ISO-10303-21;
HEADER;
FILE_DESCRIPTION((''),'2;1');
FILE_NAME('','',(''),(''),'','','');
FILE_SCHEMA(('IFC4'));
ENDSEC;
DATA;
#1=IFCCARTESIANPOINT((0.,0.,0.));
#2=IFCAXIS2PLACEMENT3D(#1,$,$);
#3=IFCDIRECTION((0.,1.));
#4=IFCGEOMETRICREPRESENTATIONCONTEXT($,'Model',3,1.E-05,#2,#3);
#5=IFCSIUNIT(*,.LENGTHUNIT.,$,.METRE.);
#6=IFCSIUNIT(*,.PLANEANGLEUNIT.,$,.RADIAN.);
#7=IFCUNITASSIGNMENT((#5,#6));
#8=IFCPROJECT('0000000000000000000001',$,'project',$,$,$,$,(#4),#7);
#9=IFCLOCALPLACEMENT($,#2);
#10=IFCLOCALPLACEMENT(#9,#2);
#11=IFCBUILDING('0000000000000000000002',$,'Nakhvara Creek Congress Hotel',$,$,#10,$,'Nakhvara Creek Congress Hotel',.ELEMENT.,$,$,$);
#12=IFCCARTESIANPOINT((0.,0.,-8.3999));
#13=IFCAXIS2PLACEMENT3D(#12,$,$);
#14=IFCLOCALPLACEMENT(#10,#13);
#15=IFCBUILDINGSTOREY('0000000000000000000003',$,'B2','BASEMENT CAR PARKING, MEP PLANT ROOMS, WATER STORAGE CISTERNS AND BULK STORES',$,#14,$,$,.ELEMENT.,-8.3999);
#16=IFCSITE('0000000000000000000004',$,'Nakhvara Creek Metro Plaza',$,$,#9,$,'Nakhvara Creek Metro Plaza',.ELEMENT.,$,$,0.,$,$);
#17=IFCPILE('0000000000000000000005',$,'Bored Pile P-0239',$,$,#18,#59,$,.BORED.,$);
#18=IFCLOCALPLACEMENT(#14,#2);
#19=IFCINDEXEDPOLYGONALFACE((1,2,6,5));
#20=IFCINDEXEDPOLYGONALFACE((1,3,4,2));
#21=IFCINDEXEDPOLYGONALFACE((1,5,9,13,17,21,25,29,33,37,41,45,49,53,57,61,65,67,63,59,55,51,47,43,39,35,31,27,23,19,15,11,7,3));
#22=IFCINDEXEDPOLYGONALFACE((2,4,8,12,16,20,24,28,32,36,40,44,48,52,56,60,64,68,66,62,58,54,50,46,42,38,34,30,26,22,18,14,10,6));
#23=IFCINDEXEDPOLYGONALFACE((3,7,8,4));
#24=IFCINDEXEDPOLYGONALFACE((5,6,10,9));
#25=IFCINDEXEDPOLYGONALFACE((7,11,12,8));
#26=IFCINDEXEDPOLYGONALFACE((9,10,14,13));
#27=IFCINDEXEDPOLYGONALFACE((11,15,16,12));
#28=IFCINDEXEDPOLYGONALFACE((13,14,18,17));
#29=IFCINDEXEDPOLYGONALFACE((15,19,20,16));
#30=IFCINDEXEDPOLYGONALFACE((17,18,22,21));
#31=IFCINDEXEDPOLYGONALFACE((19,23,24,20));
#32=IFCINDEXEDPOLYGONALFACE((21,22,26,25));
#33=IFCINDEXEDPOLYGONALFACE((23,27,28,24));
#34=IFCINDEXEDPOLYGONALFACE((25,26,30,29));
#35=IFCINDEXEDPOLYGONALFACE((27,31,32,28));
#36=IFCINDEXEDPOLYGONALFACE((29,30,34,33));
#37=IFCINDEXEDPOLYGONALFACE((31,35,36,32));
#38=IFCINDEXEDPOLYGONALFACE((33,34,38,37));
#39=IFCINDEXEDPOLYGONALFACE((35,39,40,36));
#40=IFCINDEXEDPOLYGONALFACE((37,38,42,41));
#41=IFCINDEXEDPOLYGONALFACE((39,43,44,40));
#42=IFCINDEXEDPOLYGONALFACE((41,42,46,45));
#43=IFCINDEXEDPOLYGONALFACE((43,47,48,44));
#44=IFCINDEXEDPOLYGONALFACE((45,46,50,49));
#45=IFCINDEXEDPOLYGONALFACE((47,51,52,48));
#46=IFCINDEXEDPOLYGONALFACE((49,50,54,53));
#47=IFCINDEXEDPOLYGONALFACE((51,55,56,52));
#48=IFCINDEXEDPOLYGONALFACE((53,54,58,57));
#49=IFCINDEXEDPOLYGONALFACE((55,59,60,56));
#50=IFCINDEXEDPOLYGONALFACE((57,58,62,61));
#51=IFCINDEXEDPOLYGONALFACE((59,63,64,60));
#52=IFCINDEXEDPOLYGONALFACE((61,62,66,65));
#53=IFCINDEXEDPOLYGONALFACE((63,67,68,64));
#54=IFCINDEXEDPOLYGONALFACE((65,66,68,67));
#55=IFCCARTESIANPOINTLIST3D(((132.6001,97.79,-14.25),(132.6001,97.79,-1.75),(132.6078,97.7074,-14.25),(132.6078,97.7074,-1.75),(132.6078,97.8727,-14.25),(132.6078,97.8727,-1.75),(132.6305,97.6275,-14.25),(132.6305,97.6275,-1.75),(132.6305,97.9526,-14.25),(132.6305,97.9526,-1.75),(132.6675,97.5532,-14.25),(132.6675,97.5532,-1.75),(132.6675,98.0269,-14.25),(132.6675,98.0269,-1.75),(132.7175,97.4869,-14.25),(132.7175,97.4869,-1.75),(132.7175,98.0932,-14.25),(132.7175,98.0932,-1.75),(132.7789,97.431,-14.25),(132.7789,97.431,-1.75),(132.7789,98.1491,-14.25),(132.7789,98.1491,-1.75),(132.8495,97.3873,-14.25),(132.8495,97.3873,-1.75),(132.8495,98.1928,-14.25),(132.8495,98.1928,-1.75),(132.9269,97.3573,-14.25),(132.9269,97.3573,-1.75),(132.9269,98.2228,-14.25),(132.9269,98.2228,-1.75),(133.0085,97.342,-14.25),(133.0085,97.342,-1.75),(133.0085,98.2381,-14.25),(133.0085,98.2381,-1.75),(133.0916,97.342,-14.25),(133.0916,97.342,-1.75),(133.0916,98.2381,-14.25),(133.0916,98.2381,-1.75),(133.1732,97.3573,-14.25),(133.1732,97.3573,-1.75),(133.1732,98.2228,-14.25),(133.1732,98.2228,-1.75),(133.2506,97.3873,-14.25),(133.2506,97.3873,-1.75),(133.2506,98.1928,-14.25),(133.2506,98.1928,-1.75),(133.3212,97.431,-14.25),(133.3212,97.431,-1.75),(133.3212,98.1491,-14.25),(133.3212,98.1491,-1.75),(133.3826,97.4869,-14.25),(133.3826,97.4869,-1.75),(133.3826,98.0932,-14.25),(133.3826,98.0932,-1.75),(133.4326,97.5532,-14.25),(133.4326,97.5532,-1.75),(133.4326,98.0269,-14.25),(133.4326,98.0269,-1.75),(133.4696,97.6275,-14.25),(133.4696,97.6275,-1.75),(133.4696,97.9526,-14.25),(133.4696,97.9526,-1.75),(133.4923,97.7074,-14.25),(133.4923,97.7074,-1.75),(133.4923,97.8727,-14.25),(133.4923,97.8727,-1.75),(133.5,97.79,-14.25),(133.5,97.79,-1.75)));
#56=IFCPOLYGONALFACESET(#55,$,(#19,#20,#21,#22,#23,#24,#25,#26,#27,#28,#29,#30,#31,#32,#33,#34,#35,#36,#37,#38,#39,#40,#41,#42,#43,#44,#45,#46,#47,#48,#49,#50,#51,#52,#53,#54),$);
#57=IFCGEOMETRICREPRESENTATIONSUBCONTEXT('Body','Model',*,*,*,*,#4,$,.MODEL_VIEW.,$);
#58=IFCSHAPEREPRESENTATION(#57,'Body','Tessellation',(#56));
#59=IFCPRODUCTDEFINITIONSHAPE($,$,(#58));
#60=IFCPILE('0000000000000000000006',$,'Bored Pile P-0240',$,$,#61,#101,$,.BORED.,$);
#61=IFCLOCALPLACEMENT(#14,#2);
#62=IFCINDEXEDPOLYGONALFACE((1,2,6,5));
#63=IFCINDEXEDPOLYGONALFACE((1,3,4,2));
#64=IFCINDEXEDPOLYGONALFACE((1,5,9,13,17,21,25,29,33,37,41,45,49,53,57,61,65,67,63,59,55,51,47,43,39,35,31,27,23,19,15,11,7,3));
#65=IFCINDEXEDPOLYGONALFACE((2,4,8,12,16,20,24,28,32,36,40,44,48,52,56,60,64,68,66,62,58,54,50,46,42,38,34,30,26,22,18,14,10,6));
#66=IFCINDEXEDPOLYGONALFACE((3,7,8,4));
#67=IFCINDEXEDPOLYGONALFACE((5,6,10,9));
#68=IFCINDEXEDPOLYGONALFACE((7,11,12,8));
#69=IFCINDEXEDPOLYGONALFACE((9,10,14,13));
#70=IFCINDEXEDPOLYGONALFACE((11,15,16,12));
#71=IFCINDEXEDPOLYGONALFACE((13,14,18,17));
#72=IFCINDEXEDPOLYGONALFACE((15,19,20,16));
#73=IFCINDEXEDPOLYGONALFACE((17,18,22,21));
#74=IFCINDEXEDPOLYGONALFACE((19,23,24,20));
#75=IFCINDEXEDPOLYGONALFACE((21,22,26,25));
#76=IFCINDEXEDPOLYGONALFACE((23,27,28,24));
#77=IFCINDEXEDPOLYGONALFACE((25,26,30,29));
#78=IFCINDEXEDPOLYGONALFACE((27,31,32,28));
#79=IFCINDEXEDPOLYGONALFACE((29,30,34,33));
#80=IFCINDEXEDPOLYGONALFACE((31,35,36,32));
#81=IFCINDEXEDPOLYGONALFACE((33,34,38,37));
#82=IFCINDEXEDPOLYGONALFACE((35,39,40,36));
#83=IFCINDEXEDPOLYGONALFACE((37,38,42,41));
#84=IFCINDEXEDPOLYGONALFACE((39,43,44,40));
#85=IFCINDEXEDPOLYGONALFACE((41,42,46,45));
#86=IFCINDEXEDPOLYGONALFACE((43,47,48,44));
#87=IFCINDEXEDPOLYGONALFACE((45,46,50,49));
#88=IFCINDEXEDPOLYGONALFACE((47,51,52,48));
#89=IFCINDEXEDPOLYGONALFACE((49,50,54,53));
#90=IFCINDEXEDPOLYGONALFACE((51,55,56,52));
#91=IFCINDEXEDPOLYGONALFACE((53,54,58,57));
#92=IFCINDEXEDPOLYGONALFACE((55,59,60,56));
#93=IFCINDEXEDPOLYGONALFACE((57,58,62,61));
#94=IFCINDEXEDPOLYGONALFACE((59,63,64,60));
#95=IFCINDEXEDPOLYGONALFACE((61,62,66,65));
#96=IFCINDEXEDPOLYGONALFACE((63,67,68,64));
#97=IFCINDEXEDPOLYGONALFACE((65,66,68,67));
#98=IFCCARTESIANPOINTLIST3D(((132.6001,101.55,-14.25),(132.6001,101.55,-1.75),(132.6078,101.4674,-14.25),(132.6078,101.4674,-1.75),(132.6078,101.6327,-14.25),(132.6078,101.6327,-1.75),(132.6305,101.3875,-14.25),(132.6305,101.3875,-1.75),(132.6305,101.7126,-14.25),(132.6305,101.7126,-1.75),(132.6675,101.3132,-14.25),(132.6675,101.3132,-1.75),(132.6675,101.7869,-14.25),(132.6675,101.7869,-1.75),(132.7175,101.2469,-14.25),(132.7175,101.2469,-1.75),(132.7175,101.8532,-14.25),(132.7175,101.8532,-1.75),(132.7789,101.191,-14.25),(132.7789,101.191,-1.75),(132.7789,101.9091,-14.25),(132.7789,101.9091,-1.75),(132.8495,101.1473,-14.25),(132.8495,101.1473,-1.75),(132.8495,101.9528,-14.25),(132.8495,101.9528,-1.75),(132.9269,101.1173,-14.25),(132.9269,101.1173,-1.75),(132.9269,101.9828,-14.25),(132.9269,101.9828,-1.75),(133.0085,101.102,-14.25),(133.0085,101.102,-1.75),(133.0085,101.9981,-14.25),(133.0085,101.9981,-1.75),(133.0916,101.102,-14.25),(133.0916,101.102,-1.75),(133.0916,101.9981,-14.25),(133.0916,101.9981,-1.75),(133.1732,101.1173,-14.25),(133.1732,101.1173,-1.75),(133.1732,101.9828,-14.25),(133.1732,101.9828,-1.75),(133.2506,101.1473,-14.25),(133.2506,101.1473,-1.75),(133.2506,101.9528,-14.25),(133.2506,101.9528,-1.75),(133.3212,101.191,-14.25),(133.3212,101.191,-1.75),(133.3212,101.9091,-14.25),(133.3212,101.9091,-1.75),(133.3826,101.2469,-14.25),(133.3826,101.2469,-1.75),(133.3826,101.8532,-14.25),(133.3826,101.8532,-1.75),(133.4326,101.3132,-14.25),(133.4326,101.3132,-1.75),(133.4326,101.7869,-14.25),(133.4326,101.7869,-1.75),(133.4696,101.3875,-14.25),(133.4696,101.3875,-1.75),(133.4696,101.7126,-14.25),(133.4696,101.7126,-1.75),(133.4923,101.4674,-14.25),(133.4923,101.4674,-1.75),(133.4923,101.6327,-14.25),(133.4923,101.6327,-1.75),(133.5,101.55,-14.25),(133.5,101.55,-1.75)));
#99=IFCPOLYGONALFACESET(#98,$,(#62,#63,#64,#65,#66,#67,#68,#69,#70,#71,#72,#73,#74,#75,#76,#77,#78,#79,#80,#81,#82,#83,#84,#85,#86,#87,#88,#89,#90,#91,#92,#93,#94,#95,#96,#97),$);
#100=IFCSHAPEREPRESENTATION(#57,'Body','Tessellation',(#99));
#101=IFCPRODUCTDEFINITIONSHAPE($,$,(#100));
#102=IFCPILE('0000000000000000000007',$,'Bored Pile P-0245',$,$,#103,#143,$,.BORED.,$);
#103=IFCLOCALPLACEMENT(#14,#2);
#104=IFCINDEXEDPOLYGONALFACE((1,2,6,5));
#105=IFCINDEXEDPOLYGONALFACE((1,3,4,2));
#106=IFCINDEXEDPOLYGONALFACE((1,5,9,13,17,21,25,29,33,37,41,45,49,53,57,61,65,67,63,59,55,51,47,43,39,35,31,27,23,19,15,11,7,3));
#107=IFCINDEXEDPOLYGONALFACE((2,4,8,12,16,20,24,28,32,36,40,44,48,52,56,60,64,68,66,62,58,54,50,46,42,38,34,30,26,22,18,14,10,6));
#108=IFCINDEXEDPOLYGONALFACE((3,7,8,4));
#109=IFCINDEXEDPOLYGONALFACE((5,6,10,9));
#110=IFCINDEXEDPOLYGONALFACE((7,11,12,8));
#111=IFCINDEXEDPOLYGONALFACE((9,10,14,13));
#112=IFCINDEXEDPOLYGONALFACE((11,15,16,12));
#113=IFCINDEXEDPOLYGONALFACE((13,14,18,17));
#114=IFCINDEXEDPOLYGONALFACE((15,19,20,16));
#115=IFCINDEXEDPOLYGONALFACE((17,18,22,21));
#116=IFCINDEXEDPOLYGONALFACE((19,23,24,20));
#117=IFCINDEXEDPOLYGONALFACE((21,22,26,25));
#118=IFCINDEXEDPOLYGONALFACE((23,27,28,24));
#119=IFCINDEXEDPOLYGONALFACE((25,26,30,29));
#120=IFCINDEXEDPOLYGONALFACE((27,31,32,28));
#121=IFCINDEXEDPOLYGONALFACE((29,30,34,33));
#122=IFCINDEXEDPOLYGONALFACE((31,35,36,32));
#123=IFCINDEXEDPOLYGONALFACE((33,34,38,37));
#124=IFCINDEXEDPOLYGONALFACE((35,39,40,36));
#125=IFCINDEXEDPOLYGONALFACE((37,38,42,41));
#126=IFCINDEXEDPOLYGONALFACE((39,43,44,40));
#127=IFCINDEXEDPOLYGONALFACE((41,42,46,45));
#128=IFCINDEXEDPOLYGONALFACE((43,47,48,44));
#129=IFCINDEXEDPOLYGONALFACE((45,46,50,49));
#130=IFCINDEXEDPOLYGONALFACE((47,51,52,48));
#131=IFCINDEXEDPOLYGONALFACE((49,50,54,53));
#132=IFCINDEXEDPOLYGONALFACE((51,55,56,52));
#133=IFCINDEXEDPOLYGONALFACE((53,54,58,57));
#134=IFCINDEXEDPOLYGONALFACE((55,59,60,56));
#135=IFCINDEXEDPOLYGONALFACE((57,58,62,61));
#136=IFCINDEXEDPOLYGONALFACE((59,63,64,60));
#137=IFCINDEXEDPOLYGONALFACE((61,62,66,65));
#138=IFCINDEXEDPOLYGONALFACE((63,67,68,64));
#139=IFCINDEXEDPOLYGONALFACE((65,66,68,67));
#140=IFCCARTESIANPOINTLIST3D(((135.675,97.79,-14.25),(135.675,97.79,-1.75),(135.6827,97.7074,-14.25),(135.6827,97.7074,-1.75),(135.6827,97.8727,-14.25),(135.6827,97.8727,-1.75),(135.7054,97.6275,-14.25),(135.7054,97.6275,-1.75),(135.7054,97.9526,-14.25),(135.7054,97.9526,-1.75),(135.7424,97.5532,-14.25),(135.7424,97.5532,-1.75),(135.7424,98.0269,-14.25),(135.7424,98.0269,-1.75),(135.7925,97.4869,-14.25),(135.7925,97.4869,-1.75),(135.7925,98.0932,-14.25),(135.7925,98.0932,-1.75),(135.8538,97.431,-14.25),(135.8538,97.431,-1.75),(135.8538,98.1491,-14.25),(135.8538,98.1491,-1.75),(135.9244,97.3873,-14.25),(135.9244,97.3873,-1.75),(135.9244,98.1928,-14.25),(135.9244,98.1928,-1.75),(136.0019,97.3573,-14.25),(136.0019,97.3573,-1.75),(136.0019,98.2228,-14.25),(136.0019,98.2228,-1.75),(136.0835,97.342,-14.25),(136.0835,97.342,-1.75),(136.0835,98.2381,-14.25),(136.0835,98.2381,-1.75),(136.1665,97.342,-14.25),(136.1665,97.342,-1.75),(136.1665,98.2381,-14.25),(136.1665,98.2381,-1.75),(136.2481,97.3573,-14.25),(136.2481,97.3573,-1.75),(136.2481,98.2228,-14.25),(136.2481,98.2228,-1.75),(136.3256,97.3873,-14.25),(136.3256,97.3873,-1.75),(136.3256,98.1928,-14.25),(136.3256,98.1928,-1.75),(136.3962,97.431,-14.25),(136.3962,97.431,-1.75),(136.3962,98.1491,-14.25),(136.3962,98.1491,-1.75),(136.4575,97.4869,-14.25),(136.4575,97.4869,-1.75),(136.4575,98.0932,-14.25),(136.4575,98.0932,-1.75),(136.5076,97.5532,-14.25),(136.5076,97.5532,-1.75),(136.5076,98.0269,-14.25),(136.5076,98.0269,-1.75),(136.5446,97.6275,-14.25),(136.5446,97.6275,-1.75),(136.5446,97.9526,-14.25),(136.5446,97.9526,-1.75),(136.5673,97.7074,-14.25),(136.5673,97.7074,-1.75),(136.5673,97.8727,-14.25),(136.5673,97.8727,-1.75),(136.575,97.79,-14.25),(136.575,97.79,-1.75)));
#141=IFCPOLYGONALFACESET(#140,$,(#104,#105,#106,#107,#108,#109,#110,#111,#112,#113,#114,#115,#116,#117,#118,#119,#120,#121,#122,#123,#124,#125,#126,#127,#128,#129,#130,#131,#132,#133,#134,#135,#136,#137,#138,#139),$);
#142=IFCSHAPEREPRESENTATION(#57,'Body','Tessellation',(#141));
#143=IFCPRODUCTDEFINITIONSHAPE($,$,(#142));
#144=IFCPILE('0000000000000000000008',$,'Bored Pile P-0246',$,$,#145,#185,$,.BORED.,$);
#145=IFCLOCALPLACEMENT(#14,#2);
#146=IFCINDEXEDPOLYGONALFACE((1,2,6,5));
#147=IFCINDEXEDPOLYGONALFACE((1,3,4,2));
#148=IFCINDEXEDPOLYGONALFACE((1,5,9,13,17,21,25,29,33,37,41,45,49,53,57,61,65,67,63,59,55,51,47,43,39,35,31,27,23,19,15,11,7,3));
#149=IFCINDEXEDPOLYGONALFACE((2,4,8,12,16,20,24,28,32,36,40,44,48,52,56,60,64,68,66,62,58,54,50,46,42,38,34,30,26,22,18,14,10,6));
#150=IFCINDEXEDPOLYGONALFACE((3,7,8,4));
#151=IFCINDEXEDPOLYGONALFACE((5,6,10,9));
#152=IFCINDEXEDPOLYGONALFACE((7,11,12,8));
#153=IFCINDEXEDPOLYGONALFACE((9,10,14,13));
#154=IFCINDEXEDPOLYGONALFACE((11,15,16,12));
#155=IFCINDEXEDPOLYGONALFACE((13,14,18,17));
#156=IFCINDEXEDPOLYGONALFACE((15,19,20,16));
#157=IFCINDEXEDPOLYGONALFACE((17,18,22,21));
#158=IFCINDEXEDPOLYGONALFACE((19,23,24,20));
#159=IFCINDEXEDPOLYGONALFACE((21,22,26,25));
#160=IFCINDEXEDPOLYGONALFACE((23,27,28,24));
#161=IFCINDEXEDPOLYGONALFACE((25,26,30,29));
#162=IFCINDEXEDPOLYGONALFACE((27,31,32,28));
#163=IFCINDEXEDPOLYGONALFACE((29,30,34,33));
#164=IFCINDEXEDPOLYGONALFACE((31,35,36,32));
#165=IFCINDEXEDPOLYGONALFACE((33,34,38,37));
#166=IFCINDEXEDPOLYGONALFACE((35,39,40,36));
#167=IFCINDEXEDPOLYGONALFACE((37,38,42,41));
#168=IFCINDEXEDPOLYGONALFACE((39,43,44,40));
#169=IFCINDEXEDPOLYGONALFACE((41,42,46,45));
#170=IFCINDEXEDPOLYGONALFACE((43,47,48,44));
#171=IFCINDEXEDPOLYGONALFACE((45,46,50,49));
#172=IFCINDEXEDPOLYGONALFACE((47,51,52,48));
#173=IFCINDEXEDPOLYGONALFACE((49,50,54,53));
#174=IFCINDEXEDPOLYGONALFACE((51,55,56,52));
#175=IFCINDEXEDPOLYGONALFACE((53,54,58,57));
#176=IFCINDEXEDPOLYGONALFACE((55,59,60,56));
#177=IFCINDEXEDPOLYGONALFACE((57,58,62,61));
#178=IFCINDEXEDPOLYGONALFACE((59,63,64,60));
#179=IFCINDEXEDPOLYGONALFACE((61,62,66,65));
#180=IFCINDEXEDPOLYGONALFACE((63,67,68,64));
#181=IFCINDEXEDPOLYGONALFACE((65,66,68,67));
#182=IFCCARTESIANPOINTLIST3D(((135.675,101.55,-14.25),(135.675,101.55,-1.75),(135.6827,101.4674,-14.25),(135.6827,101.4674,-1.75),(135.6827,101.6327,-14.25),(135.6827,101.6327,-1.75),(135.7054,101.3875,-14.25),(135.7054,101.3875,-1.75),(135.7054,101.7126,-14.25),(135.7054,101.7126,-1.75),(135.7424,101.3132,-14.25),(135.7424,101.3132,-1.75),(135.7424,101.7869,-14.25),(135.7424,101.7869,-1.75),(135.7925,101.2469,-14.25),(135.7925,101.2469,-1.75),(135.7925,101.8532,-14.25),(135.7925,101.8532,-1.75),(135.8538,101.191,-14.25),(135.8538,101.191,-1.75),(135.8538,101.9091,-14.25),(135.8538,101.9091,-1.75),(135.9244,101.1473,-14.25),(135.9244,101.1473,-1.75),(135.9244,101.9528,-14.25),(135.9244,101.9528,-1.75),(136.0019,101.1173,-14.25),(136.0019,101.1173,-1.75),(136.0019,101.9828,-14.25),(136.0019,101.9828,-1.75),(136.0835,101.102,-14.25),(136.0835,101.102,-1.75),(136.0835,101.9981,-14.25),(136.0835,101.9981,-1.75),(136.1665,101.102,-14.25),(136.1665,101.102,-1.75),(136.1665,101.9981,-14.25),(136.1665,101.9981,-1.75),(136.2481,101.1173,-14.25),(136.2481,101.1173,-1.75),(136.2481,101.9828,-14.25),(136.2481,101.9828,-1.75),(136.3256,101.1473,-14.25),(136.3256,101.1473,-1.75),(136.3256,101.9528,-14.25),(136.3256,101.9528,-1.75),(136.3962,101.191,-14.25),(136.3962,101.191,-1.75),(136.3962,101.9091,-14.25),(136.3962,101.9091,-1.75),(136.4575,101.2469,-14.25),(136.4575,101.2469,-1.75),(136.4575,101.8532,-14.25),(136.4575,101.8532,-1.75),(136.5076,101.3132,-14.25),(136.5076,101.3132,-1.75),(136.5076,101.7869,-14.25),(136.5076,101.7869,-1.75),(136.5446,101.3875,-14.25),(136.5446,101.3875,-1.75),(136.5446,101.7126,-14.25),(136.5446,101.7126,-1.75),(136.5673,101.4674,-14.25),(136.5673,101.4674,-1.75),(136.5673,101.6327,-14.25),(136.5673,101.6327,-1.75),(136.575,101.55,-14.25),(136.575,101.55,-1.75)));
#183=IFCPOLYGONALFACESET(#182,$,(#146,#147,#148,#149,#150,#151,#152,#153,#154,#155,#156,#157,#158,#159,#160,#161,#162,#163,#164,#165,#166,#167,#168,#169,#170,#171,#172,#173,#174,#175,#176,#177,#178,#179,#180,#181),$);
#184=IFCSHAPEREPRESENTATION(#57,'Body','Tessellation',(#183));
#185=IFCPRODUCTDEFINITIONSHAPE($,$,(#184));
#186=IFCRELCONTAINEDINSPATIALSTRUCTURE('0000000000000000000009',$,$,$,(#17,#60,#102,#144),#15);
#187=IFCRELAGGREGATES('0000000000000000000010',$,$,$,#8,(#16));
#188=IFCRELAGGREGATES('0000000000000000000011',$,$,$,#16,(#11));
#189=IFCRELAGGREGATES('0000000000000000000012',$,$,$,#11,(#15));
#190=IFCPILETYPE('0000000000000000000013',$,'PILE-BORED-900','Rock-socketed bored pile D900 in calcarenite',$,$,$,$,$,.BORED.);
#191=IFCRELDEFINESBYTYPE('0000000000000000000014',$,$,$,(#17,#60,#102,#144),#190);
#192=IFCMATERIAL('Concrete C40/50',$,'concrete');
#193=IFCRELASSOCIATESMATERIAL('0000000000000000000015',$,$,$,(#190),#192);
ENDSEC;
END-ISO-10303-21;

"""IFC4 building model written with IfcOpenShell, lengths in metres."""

from ifc_helpers import new_model, si_unit, direction, frame, origin, origin_2d, place, context, subcontext, project, spatial, circle, extrude, material, material_profile, profile_set, type_object, element, save


model = new_model("IFC4")

# Units and contexts
model_context = context("Model", 3, precision=1e-05, world=origin(), true_north=direction((0.0, 1.0)))
body_context = subcontext(model_context, "Body", "Model", "MODEL_VIEW")
ifc_project = project(units=[si_unit("LENGTHUNIT", "METRE"), si_unit("PLANEANGLEUNIT", "RADIAN")], contexts=[model_context])

# Site, building, storey
site_placement = place(None, origin())
site = spatial("IfcSite", under=ifc_project, at=site_placement, Name="Nakhvara Creek Metro Plaza", LongName="Nakhvara Creek Metro Plaza", CompositionType="ELEMENT", RefElevation=0.0)
building_placement = place(site_placement, origin())
building = spatial("IfcBuilding", under=site, at=building_placement, Name="Nakhvara Creek Congress Hotel", LongName="Nakhvara Creek Congress Hotel", CompositionType="ELEMENT")
storey_placement = place(building_placement, frame((0.0, 0.0, -8.3999)))
storey = spatial("IfcBuildingStorey", under=building, at=storey_placement, Name="B2", Description="BASEMENT CAR PARKING, MEP PLANT ROOMS, WATER STORAGE CISTERNS AND BULK STORES", CompositionType="ELEMENT", Elevation=-8.3999)

# Shared definitions
ifc_material_1 = material(Name="Concrete C40/50", Category="concrete")

# Piles
ifc_material_profile_1 = material_profile(ifc_material_1, circle(Radius=0.45, at=origin_2d()), Name="BORED PILE D900", Category="LoadBearing")
ifc_profile_set_1 = profile_set([ifc_material_profile_1], Name="Concrete C40/50")
pile_type_1 = type_object("IfcPileType", Name="PILE-BORED-900", Description="Rock-socketed bored pile D900 in calcarenite", PredefinedType="BORED", material=ifc_profile_set_1)
for number, where, z_axis, x_axis, name in (
    (1, (133.05, 97.79, -1.75), (0.0, 0.0, -1.0), (1.0, 0.0, 0.0), "Bored Pile P-0239"),
    (2, (133.05, 101.55, -1.75), (0.0, 0.0, -1.0), (1.0, 0.0, 0.0), "Bored Pile P-0240"),
    (3, (136.125, 97.79, -1.75), (0.0, 0.0, -1.0), (1.0, 0.0, 0.0), "Bored Pile P-0245"),
    (4, (136.125, 101.55, -1.75), (0.0, 0.0, -1.0), (1.0, 0.0, 0.0), "Bored Pile P-0246"),
):
    element("IfcPile", number, at=place(storey_placement, frame(where, z_axis=z_axis, x_axis=x_axis)), inside=storey, type_object=pile_type_1, Name=name, PredefinedType="BORED", context=body_context, shape_type="SweptSolid", body=[
        extrude(circle(Radius=0.45, at=origin_2d()), origin(), (0.0, 0.0, 1.0), 12.5),
    ])

save(model, "model.ifc")
